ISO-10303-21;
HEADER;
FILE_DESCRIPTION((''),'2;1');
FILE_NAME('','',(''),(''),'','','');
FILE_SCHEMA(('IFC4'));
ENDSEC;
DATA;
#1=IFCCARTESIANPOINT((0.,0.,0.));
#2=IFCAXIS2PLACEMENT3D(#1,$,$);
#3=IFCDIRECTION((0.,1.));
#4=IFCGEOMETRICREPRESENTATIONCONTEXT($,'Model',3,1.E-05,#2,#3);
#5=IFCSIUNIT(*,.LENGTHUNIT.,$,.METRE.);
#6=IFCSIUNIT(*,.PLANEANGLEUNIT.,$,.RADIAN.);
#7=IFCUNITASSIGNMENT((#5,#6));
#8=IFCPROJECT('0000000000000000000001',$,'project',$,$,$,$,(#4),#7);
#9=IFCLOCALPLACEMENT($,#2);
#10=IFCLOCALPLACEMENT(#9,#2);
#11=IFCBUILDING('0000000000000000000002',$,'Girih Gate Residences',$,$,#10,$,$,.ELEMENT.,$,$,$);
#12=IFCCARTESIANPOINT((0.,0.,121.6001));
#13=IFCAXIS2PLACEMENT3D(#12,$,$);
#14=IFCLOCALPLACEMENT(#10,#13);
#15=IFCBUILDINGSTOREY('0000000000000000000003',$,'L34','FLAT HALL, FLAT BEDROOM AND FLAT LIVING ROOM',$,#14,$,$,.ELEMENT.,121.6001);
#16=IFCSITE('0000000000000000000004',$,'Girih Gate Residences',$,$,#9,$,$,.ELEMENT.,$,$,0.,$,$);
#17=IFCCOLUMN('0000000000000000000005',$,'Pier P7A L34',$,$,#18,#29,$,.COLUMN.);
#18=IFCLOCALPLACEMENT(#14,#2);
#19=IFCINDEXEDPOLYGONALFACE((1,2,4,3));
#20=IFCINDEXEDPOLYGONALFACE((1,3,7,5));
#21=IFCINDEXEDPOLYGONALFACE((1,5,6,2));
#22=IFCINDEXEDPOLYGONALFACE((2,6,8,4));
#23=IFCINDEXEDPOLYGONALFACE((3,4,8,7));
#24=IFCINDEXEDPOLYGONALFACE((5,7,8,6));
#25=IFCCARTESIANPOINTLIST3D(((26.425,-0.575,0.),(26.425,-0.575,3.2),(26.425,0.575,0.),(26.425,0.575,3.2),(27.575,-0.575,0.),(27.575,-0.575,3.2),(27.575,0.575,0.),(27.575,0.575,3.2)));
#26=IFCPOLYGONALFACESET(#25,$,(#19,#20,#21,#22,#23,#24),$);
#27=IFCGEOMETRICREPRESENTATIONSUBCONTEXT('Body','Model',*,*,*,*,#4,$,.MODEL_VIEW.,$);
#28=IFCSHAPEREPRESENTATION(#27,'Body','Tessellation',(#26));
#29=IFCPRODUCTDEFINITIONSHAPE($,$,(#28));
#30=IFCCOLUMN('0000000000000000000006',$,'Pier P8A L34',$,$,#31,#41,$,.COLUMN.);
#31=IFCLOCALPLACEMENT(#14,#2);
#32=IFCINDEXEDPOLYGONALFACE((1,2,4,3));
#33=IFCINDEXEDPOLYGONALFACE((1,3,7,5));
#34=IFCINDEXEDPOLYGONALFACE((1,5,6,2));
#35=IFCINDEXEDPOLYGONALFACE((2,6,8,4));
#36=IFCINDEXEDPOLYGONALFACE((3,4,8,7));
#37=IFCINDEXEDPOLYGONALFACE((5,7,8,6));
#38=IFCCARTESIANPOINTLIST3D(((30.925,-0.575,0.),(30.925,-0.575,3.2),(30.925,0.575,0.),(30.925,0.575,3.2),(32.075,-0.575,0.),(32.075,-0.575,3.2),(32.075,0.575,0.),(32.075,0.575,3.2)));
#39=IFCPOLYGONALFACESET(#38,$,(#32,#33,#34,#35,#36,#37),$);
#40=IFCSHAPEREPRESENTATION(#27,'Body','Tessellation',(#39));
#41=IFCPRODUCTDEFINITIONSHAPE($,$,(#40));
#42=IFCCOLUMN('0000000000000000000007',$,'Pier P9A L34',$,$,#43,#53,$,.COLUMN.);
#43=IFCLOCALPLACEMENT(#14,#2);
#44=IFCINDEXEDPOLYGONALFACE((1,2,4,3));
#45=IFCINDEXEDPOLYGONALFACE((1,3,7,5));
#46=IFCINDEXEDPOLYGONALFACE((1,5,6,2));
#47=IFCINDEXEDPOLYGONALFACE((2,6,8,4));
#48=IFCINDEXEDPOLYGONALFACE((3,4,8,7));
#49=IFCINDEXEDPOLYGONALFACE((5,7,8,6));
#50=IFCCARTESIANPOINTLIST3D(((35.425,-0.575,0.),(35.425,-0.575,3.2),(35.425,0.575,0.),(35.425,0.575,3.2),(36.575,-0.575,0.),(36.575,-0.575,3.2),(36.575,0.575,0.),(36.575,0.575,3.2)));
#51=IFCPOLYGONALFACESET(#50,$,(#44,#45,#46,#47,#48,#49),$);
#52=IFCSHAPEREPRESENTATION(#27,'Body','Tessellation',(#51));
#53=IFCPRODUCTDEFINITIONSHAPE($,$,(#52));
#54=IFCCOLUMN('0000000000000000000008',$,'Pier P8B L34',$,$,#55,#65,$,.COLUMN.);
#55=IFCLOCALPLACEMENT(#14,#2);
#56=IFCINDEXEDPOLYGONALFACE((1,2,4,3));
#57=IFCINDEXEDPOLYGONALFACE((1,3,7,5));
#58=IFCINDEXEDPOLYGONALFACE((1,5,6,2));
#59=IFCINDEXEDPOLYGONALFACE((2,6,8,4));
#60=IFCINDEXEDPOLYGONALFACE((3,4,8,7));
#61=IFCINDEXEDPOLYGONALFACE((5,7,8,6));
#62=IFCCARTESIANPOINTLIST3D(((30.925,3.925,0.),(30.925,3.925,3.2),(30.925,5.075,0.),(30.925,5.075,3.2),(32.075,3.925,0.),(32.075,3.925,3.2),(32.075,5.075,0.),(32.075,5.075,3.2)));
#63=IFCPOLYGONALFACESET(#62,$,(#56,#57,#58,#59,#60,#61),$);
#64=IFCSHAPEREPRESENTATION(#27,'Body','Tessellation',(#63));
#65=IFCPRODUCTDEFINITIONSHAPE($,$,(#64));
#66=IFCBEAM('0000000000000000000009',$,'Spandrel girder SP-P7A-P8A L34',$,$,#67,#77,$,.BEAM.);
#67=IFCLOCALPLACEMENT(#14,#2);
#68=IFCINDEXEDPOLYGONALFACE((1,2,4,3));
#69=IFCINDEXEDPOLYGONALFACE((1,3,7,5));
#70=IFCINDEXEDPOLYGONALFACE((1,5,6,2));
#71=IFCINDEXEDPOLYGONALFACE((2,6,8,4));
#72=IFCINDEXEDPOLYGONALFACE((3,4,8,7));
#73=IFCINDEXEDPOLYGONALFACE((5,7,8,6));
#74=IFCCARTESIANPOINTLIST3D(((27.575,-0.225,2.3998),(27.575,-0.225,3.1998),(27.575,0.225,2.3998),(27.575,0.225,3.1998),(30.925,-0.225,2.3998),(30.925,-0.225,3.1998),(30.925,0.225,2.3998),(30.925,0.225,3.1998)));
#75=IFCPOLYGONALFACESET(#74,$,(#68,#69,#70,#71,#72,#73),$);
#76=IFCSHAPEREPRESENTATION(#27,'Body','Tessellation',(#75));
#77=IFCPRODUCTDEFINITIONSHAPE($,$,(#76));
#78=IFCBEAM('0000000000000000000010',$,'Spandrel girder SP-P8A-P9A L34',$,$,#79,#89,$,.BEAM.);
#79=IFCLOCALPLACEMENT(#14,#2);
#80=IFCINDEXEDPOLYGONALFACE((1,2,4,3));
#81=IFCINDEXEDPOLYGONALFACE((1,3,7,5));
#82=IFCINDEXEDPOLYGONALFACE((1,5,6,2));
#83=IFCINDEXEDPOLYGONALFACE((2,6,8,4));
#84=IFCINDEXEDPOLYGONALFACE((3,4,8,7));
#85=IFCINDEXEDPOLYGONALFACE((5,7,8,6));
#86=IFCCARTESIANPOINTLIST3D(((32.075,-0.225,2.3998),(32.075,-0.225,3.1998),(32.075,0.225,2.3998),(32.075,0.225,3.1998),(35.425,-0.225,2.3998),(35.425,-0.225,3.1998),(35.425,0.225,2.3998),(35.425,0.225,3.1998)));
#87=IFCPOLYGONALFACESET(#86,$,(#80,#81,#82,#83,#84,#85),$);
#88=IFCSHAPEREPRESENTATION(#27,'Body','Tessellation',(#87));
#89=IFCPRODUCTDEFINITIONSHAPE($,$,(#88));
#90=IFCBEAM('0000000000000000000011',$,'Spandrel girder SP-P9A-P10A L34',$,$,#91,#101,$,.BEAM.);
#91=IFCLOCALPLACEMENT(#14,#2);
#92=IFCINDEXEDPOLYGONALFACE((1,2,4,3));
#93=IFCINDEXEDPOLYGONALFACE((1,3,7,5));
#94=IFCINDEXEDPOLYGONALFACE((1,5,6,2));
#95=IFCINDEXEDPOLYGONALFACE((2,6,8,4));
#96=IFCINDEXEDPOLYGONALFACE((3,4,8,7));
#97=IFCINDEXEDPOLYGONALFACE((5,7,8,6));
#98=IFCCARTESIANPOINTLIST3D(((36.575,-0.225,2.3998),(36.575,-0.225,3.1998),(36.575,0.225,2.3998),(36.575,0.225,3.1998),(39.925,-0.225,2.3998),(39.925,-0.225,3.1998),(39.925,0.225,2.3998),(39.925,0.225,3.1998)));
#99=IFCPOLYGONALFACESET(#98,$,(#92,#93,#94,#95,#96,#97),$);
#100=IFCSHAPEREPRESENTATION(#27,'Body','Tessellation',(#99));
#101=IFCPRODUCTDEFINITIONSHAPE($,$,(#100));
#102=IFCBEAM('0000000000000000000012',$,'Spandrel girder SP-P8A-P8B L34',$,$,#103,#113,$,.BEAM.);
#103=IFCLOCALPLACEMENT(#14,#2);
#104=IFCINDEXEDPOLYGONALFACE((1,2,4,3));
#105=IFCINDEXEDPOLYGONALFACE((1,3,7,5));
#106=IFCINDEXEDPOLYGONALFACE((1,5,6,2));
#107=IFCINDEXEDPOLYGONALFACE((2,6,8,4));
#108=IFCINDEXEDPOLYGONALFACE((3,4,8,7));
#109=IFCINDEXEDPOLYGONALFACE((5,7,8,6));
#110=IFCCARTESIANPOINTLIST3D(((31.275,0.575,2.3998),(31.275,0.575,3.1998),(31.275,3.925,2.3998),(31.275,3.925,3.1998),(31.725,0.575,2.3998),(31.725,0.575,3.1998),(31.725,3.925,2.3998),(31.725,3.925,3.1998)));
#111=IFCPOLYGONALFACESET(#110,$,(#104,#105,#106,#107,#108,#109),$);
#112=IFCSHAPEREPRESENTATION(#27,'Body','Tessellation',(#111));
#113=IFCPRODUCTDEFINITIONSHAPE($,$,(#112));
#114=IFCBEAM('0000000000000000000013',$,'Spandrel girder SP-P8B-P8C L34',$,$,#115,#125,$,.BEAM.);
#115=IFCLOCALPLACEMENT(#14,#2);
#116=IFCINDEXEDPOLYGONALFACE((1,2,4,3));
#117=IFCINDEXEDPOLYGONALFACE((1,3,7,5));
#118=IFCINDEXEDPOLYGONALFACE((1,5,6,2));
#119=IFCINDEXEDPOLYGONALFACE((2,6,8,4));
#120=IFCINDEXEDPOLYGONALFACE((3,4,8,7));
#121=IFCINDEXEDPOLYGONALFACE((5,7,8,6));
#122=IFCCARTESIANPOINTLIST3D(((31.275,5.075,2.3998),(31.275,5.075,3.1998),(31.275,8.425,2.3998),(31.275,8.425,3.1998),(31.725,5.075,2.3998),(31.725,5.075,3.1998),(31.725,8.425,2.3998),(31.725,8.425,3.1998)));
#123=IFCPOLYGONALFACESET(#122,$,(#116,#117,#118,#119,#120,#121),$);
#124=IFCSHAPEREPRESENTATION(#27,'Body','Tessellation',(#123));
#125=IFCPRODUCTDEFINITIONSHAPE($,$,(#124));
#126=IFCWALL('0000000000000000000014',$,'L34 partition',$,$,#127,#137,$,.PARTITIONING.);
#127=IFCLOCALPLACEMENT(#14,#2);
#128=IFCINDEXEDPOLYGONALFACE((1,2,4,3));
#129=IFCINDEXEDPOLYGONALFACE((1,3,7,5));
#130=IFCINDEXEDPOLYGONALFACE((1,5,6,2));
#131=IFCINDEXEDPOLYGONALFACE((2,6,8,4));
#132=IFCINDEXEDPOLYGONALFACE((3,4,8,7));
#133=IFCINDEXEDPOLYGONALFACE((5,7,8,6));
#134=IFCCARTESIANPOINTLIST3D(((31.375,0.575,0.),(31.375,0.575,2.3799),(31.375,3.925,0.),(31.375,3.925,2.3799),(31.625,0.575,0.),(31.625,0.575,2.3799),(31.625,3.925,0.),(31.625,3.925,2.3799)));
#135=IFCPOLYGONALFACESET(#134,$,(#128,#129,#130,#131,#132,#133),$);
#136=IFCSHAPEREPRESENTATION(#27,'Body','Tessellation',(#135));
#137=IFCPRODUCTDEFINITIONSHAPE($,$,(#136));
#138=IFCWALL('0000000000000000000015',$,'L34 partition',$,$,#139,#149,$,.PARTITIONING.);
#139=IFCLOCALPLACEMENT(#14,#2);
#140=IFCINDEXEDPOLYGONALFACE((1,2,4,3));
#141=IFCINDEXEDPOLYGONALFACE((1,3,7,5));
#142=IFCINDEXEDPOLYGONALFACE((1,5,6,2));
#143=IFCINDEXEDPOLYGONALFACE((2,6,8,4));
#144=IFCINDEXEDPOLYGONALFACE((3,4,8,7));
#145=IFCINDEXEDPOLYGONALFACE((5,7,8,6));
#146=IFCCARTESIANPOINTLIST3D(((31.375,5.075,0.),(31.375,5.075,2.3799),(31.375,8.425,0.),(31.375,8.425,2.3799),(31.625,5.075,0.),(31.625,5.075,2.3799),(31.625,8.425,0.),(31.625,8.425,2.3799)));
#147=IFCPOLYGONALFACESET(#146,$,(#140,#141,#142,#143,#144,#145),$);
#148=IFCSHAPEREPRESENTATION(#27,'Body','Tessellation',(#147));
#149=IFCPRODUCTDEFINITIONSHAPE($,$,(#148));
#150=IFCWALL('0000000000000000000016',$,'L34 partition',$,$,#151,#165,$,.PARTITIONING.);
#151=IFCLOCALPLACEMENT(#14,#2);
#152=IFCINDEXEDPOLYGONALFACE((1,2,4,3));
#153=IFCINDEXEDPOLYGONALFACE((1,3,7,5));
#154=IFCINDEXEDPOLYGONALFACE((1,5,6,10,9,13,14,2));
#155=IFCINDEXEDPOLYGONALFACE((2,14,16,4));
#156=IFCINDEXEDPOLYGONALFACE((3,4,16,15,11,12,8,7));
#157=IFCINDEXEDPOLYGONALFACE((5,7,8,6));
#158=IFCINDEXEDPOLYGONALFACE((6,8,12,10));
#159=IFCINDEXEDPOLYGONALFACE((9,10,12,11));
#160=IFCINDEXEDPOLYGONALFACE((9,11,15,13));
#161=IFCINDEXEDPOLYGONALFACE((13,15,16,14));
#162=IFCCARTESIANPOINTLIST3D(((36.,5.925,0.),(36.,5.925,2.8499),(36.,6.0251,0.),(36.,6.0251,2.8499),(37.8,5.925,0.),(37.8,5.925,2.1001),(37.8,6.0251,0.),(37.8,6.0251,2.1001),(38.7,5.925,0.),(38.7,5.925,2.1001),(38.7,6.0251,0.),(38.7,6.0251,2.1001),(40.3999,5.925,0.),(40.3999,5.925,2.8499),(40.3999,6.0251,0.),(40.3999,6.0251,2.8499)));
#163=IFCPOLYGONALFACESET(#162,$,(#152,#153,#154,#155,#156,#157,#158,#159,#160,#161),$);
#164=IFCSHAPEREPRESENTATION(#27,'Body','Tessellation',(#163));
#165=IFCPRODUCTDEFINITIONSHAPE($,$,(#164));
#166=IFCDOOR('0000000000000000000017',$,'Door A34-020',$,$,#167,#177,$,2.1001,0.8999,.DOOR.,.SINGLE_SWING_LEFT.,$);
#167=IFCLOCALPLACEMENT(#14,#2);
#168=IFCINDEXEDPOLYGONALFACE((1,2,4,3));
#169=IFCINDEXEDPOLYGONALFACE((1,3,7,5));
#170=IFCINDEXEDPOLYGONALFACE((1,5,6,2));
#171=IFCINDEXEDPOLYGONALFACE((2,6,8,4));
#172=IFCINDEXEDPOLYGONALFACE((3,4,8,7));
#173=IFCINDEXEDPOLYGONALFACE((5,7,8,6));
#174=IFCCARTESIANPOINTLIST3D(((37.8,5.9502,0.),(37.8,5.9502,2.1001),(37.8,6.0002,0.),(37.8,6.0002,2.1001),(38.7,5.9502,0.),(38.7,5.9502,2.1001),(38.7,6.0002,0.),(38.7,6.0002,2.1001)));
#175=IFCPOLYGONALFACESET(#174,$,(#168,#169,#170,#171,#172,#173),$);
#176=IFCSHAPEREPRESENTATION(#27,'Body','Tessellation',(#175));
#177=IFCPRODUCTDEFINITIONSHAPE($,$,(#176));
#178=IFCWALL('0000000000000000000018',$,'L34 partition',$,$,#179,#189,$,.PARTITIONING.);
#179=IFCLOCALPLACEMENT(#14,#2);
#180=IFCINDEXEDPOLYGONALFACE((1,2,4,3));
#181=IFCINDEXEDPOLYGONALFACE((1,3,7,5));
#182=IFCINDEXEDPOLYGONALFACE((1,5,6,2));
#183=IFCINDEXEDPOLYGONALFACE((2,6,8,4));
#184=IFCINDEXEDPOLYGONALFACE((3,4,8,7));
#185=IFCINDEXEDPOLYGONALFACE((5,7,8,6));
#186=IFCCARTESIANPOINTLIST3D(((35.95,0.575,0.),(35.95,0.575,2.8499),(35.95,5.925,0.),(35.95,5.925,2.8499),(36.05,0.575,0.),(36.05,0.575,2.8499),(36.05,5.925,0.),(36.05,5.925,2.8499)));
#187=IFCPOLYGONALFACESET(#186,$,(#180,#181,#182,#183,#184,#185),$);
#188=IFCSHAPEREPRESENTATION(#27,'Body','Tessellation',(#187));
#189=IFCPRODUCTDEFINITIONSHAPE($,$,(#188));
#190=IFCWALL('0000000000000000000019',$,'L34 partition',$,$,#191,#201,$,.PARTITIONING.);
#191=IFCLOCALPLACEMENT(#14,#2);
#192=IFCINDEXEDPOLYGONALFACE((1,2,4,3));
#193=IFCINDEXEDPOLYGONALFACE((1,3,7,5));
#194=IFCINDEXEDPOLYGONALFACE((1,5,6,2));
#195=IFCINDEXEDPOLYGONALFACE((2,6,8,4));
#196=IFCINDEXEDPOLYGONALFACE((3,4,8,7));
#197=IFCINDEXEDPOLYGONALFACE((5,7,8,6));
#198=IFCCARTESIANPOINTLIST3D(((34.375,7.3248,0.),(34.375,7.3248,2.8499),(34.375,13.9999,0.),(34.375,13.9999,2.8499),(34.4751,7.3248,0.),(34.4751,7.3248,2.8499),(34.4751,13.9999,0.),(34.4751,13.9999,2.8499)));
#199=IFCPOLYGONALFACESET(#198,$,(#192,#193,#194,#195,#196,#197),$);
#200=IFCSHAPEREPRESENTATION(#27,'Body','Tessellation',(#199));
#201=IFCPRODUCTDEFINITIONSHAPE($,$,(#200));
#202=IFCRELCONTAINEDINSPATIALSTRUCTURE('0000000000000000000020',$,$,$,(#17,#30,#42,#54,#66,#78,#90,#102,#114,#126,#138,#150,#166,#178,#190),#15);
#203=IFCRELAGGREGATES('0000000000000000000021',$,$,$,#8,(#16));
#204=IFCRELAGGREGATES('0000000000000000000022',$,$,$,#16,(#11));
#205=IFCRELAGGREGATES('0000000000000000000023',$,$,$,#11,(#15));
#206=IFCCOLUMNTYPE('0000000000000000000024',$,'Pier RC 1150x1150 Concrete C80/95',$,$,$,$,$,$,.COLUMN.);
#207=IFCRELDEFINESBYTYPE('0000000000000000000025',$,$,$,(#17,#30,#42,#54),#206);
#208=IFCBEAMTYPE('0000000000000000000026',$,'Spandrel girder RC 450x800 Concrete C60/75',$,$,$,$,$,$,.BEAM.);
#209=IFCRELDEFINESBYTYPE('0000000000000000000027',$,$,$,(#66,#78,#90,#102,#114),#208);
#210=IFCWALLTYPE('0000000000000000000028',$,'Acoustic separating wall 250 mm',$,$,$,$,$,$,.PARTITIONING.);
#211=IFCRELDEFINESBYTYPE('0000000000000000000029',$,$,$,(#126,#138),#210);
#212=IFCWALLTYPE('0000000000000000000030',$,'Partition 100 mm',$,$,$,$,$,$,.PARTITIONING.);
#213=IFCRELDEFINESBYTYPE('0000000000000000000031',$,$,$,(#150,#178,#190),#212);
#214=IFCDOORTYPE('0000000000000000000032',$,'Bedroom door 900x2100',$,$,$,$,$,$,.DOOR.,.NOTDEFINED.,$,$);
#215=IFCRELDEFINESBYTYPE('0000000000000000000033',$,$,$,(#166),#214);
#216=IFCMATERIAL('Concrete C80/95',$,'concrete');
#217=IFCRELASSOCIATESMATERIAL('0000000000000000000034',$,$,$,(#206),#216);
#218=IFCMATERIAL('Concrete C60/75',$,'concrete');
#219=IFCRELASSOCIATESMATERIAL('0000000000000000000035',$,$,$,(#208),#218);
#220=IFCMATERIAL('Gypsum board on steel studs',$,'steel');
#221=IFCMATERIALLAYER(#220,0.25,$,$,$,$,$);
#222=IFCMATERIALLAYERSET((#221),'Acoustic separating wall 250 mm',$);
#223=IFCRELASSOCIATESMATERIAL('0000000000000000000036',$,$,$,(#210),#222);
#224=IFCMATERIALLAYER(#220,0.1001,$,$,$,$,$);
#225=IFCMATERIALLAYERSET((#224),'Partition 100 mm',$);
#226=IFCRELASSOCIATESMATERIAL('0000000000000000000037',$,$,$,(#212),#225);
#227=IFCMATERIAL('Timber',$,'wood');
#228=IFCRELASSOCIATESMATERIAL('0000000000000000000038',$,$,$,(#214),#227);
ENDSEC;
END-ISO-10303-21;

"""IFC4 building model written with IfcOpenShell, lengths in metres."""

from ifc_helpers import new_model, si_unit, direction, frame, frame_2d, origin, origin_2d, place, context, subcontext, project, spatial, rectangle, extrude, material, layer, layer_set, material_profile, profile_set, type_object, element, fill, save


model = new_model("IFC4")

# Units and contexts
model_context = context("Model", 3, precision=1e-05, world=origin(), true_north=direction((0.0, 1.0)))
body_context = subcontext(model_context, "Body", "Model", "MODEL_VIEW")
ifc_project = project(units=[si_unit("LENGTHUNIT", "METRE"), si_unit("PLANEANGLEUNIT", "RADIAN")], contexts=[model_context])

# Site, building, storey
site_placement = place(None, origin())
site = spatial("IfcSite", under=ifc_project, at=site_placement, Name="Girih Gate Residences", CompositionType="ELEMENT", RefElevation=0.0)
building_placement = place(site_placement, origin())
building = spatial("IfcBuilding", under=site, at=building_placement, Name="Girih Gate Residences", CompositionType="ELEMENT")
storey_placement = place(building_placement, frame((0.0, 0.0, 121.6001)))
storey = spatial("IfcBuildingStorey", under=building, at=storey_placement, Name="L34", Description="FLAT HALL, FLAT BEDROOM AND FLAT LIVING ROOM", CompositionType="ELEMENT", Elevation=121.6001)

# Columns
ifc_material_1 = material(Name="Concrete C80/95", Category="concrete")
ifc_material_profile_1 = material_profile(ifc_material_1, rectangle(XDim=1.1499, YDim=1.1499, at=origin_2d()))
ifc_profile_set_1 = profile_set([ifc_material_profile_1], Name="Concrete C80/95")
column_type = type_object("IfcColumnType", Name="Pier RC 1150x1150 Concrete C80/95", PredefinedType="COLUMN", material=ifc_profile_set_1)
for number, where, z_axis, x_axis, name in (
    (1, (27.0, 0.0, 0.0), (0.0, 0.0, 1.0), (1.0, 0.0, 0.0), "Pier P7A L34"),
    (2, (31.5, 0.0, 0.0), (0.0, 0.0, 1.0), (1.0, 0.0, 0.0), "Pier P8A L34"),
    (3, (36.0, 0.0, 0.0), (0.0, 0.0, 1.0), (1.0, 0.0, 0.0), "Pier P9A L34"),
    (4, (31.5, 4.5, 0.0), (0.0, 0.0, 1.0), (1.0, 0.0, 0.0), "Pier P8B L34"),
):
    element("IfcColumn", number, at=place(storey_placement, frame(where, z_axis=z_axis, x_axis=x_axis)), inside=storey, type_object=column_type, Name=name, PredefinedType="COLUMN", context=body_context, shape_type="SweptSolid", body=[
        extrude(rectangle(XDim=1.1499, YDim=1.1499, at=origin_2d()), origin(), (0.0, 0.0, 1.0), 3.2),
    ])

# Beams
ifc_material_2 = material(Name="Concrete C60/75", Category="concrete")
ifc_material_profile_2 = material_profile(ifc_material_2, rectangle(XDim=0.45, YDim=0.8, at=origin_2d()))
ifc_profile_set_2 = profile_set([ifc_material_profile_2], Name="Concrete C60/75")
beam_type = type_object("IfcBeamType", Name="Spandrel girder RC 450x800 Concrete C60/75", PredefinedType="BEAM", material=ifc_profile_set_2)
for number, where, z_axis, x_axis, name in (
    (5, (27.575, 0.0, 2.7998), (1.0, 0.0, 0.0), (0.0, 1.0, 0.0), "Spandrel girder SP-P7A-P8A L34"),
    (6, (32.075, 0.0, 2.7998), (1.0, 0.0, 0.0), (0.0, 1.0, 0.0), "Spandrel girder SP-P8A-P9A L34"),
    (7, (36.575, 0.0, 2.7998), (1.0, 0.0, 0.0), (0.0, 1.0, 0.0), "Spandrel girder SP-P9A-P10A L34"),
    (8, (31.5, 0.575, 2.7998), (0.0, 1.0, 0.0), (-1.0, 0.0, 0.0), "Spandrel girder SP-P8A-P8B L34"),
    (9, (31.5, 5.075, 2.7998), (0.0, 1.0, 0.0), (-1.0, 0.0, 0.0), "Spandrel girder SP-P8B-P8C L34"),
):
    element("IfcBeam", number, at=place(storey_placement, frame(where, z_axis=z_axis, x_axis=x_axis)), inside=storey, type_object=beam_type, Name=name, PredefinedType="BEAM", context=body_context, shape_type="SweptSolid", body=[
        extrude(rectangle(XDim=0.45, YDim=0.8, at=origin_2d()), origin(), (0.0, 0.0, 1.0), 3.3501),
    ])

# Walls
ifc_material_3 = material(Name="Gypsum board on steel studs", Category="steel")
ifc_layer_1 = layer(ifc_material_3, 0.25)
ifc_layer_set_1 = layer_set([ifc_layer_1], Name="Acoustic separating wall 250 mm")
wall_type_1 = type_object("IfcWallType", Name="Acoustic separating wall 250 mm", PredefinedType="PARTITIONING", material=ifc_layer_set_1)
for number, where, z_axis, x_axis, name in (
    (10, (31.5, 0.575, 0.0), (0.0, 0.0, 1.0), (0.0, 1.0, 0.0), "L34 partition"),
    (11, (31.5, 5.075, 0.0), (0.0, 0.0, 1.0), (0.0, 1.0, 0.0), "L34 partition"),
):
    element("IfcWall", number, at=place(storey_placement, frame(where, z_axis=z_axis, x_axis=x_axis)), inside=storey, type_object=wall_type_1, Name=name, PredefinedType="PARTITIONING", context=body_context, shape_type="SweptSolid", body=[
        extrude(rectangle(XDim=3.3501, YDim=0.25, at=frame_2d((1.675, 0.0))), origin(), (0.0, 0.0, 1.0), 2.3799),
    ])

# Wall, opening, door
ifc_layer_2 = layer(ifc_material_3, 0.1001)
ifc_layer_set_2 = layer_set([ifc_layer_2], Name="Partition 100 mm")
wall_type_2 = type_object("IfcWallType", Name="Partition 100 mm", PredefinedType="PARTITIONING", material=ifc_layer_set_2)
wall_1_placement = place(storey_placement, frame((40.3999, 5.9751, 0.0), z_axis=(0.0, 0.0, 1.0), x_axis=(-1.0, 0.0, 0.0)))
wall_1 = element("IfcWall", 12, at=wall_1_placement, inside=storey, type_object=wall_type_2, Name="L34 partition", PredefinedType="PARTITIONING", context=body_context, shape_type="SweptSolid", body=[
    extrude(rectangle(XDim=4.3999, YDim=0.1001, at=frame_2d((2.2, 0.0))), origin(), (0.0, 0.0, 1.0), 2.8499),
])
opening_1_placement = place(wall_1_placement, frame((1.7, 0.0, 0.0)))
opening_1 = element("IfcOpeningElement", 13, at=opening_1_placement, cuts=wall_1, PredefinedType="OPENING", context=body_context, shape_type="SweptSolid", body=[
    extrude(rectangle(XDim=0.8999, YDim=2.1001, at=frame_2d((0.45, 1.05))), frame((0.0, 0.0601, 0.0), z_axis=(0.0, -1.0, 0.0), x_axis=(1.0, 0.0, 0.0)), (0.0, 0.0, 1.0), 0.1201),
])
ifc_material_4 = material(Name="Timber", Category="wood")
door_type_1 = type_object("IfcDoorType", Name="Bedroom door 900x2100", OperationType="NOTDEFINED", PredefinedType="DOOR", material=ifc_material_4)
door_1_placement = place(opening_1_placement, origin())
door_1 = element("IfcDoor", 14, at=door_1_placement, inside=storey, type_object=door_type_1, Name="Door A34-020", OperationType="SINGLE_SWING_LEFT", OverallHeight=2.1001, OverallWidth=0.8999, PredefinedType="DOOR", context=body_context, shape_type="SweptSolid", body=[
    extrude(rectangle(XDim=0.8999, YDim=2.1001, at=frame_2d((0.45, 1.05))), frame((0.0, 0.0249, 0.0), z_axis=(0.0, -1.0, 0.0), x_axis=(1.0, 0.0, 0.0)), (0.0, 0.0, 1.0), 0.05),
])
fill(opening_1, door_1)

# Walls
wall_2_placement = place(storey_placement, frame((36.0, 0.575, 0.0), z_axis=(0.0, 0.0, 1.0), x_axis=(0.0, 1.0, 0.0)))
element("IfcWall", 15, at=wall_2_placement, inside=storey, type_object=wall_type_2, Name="L34 partition", PredefinedType="PARTITIONING", context=body_context, shape_type="SweptSolid", body=[
    extrude(rectangle(XDim=5.3501, YDim=0.1001, at=frame_2d((2.675, 0.0))), origin(), (0.0, 0.0, 1.0), 2.8499),
])
wall_3_placement = place(storey_placement, frame((34.425, 7.325, 0.0), z_axis=(0.0, 0.0, 1.0), x_axis=(0.0, 1.0, 0.0)))
element("IfcWall", 16, at=wall_3_placement, inside=storey, type_object=wall_type_2, Name="L34 partition", PredefinedType="PARTITIONING", context=body_context, shape_type="SweptSolid", body=[
    extrude(rectangle(XDim=6.675, YDim=0.1001, at=frame_2d((3.3374, 0.0))), origin(), (0.0, 0.0, 1.0), 2.8499),
])

save(model, "model.ifc")
